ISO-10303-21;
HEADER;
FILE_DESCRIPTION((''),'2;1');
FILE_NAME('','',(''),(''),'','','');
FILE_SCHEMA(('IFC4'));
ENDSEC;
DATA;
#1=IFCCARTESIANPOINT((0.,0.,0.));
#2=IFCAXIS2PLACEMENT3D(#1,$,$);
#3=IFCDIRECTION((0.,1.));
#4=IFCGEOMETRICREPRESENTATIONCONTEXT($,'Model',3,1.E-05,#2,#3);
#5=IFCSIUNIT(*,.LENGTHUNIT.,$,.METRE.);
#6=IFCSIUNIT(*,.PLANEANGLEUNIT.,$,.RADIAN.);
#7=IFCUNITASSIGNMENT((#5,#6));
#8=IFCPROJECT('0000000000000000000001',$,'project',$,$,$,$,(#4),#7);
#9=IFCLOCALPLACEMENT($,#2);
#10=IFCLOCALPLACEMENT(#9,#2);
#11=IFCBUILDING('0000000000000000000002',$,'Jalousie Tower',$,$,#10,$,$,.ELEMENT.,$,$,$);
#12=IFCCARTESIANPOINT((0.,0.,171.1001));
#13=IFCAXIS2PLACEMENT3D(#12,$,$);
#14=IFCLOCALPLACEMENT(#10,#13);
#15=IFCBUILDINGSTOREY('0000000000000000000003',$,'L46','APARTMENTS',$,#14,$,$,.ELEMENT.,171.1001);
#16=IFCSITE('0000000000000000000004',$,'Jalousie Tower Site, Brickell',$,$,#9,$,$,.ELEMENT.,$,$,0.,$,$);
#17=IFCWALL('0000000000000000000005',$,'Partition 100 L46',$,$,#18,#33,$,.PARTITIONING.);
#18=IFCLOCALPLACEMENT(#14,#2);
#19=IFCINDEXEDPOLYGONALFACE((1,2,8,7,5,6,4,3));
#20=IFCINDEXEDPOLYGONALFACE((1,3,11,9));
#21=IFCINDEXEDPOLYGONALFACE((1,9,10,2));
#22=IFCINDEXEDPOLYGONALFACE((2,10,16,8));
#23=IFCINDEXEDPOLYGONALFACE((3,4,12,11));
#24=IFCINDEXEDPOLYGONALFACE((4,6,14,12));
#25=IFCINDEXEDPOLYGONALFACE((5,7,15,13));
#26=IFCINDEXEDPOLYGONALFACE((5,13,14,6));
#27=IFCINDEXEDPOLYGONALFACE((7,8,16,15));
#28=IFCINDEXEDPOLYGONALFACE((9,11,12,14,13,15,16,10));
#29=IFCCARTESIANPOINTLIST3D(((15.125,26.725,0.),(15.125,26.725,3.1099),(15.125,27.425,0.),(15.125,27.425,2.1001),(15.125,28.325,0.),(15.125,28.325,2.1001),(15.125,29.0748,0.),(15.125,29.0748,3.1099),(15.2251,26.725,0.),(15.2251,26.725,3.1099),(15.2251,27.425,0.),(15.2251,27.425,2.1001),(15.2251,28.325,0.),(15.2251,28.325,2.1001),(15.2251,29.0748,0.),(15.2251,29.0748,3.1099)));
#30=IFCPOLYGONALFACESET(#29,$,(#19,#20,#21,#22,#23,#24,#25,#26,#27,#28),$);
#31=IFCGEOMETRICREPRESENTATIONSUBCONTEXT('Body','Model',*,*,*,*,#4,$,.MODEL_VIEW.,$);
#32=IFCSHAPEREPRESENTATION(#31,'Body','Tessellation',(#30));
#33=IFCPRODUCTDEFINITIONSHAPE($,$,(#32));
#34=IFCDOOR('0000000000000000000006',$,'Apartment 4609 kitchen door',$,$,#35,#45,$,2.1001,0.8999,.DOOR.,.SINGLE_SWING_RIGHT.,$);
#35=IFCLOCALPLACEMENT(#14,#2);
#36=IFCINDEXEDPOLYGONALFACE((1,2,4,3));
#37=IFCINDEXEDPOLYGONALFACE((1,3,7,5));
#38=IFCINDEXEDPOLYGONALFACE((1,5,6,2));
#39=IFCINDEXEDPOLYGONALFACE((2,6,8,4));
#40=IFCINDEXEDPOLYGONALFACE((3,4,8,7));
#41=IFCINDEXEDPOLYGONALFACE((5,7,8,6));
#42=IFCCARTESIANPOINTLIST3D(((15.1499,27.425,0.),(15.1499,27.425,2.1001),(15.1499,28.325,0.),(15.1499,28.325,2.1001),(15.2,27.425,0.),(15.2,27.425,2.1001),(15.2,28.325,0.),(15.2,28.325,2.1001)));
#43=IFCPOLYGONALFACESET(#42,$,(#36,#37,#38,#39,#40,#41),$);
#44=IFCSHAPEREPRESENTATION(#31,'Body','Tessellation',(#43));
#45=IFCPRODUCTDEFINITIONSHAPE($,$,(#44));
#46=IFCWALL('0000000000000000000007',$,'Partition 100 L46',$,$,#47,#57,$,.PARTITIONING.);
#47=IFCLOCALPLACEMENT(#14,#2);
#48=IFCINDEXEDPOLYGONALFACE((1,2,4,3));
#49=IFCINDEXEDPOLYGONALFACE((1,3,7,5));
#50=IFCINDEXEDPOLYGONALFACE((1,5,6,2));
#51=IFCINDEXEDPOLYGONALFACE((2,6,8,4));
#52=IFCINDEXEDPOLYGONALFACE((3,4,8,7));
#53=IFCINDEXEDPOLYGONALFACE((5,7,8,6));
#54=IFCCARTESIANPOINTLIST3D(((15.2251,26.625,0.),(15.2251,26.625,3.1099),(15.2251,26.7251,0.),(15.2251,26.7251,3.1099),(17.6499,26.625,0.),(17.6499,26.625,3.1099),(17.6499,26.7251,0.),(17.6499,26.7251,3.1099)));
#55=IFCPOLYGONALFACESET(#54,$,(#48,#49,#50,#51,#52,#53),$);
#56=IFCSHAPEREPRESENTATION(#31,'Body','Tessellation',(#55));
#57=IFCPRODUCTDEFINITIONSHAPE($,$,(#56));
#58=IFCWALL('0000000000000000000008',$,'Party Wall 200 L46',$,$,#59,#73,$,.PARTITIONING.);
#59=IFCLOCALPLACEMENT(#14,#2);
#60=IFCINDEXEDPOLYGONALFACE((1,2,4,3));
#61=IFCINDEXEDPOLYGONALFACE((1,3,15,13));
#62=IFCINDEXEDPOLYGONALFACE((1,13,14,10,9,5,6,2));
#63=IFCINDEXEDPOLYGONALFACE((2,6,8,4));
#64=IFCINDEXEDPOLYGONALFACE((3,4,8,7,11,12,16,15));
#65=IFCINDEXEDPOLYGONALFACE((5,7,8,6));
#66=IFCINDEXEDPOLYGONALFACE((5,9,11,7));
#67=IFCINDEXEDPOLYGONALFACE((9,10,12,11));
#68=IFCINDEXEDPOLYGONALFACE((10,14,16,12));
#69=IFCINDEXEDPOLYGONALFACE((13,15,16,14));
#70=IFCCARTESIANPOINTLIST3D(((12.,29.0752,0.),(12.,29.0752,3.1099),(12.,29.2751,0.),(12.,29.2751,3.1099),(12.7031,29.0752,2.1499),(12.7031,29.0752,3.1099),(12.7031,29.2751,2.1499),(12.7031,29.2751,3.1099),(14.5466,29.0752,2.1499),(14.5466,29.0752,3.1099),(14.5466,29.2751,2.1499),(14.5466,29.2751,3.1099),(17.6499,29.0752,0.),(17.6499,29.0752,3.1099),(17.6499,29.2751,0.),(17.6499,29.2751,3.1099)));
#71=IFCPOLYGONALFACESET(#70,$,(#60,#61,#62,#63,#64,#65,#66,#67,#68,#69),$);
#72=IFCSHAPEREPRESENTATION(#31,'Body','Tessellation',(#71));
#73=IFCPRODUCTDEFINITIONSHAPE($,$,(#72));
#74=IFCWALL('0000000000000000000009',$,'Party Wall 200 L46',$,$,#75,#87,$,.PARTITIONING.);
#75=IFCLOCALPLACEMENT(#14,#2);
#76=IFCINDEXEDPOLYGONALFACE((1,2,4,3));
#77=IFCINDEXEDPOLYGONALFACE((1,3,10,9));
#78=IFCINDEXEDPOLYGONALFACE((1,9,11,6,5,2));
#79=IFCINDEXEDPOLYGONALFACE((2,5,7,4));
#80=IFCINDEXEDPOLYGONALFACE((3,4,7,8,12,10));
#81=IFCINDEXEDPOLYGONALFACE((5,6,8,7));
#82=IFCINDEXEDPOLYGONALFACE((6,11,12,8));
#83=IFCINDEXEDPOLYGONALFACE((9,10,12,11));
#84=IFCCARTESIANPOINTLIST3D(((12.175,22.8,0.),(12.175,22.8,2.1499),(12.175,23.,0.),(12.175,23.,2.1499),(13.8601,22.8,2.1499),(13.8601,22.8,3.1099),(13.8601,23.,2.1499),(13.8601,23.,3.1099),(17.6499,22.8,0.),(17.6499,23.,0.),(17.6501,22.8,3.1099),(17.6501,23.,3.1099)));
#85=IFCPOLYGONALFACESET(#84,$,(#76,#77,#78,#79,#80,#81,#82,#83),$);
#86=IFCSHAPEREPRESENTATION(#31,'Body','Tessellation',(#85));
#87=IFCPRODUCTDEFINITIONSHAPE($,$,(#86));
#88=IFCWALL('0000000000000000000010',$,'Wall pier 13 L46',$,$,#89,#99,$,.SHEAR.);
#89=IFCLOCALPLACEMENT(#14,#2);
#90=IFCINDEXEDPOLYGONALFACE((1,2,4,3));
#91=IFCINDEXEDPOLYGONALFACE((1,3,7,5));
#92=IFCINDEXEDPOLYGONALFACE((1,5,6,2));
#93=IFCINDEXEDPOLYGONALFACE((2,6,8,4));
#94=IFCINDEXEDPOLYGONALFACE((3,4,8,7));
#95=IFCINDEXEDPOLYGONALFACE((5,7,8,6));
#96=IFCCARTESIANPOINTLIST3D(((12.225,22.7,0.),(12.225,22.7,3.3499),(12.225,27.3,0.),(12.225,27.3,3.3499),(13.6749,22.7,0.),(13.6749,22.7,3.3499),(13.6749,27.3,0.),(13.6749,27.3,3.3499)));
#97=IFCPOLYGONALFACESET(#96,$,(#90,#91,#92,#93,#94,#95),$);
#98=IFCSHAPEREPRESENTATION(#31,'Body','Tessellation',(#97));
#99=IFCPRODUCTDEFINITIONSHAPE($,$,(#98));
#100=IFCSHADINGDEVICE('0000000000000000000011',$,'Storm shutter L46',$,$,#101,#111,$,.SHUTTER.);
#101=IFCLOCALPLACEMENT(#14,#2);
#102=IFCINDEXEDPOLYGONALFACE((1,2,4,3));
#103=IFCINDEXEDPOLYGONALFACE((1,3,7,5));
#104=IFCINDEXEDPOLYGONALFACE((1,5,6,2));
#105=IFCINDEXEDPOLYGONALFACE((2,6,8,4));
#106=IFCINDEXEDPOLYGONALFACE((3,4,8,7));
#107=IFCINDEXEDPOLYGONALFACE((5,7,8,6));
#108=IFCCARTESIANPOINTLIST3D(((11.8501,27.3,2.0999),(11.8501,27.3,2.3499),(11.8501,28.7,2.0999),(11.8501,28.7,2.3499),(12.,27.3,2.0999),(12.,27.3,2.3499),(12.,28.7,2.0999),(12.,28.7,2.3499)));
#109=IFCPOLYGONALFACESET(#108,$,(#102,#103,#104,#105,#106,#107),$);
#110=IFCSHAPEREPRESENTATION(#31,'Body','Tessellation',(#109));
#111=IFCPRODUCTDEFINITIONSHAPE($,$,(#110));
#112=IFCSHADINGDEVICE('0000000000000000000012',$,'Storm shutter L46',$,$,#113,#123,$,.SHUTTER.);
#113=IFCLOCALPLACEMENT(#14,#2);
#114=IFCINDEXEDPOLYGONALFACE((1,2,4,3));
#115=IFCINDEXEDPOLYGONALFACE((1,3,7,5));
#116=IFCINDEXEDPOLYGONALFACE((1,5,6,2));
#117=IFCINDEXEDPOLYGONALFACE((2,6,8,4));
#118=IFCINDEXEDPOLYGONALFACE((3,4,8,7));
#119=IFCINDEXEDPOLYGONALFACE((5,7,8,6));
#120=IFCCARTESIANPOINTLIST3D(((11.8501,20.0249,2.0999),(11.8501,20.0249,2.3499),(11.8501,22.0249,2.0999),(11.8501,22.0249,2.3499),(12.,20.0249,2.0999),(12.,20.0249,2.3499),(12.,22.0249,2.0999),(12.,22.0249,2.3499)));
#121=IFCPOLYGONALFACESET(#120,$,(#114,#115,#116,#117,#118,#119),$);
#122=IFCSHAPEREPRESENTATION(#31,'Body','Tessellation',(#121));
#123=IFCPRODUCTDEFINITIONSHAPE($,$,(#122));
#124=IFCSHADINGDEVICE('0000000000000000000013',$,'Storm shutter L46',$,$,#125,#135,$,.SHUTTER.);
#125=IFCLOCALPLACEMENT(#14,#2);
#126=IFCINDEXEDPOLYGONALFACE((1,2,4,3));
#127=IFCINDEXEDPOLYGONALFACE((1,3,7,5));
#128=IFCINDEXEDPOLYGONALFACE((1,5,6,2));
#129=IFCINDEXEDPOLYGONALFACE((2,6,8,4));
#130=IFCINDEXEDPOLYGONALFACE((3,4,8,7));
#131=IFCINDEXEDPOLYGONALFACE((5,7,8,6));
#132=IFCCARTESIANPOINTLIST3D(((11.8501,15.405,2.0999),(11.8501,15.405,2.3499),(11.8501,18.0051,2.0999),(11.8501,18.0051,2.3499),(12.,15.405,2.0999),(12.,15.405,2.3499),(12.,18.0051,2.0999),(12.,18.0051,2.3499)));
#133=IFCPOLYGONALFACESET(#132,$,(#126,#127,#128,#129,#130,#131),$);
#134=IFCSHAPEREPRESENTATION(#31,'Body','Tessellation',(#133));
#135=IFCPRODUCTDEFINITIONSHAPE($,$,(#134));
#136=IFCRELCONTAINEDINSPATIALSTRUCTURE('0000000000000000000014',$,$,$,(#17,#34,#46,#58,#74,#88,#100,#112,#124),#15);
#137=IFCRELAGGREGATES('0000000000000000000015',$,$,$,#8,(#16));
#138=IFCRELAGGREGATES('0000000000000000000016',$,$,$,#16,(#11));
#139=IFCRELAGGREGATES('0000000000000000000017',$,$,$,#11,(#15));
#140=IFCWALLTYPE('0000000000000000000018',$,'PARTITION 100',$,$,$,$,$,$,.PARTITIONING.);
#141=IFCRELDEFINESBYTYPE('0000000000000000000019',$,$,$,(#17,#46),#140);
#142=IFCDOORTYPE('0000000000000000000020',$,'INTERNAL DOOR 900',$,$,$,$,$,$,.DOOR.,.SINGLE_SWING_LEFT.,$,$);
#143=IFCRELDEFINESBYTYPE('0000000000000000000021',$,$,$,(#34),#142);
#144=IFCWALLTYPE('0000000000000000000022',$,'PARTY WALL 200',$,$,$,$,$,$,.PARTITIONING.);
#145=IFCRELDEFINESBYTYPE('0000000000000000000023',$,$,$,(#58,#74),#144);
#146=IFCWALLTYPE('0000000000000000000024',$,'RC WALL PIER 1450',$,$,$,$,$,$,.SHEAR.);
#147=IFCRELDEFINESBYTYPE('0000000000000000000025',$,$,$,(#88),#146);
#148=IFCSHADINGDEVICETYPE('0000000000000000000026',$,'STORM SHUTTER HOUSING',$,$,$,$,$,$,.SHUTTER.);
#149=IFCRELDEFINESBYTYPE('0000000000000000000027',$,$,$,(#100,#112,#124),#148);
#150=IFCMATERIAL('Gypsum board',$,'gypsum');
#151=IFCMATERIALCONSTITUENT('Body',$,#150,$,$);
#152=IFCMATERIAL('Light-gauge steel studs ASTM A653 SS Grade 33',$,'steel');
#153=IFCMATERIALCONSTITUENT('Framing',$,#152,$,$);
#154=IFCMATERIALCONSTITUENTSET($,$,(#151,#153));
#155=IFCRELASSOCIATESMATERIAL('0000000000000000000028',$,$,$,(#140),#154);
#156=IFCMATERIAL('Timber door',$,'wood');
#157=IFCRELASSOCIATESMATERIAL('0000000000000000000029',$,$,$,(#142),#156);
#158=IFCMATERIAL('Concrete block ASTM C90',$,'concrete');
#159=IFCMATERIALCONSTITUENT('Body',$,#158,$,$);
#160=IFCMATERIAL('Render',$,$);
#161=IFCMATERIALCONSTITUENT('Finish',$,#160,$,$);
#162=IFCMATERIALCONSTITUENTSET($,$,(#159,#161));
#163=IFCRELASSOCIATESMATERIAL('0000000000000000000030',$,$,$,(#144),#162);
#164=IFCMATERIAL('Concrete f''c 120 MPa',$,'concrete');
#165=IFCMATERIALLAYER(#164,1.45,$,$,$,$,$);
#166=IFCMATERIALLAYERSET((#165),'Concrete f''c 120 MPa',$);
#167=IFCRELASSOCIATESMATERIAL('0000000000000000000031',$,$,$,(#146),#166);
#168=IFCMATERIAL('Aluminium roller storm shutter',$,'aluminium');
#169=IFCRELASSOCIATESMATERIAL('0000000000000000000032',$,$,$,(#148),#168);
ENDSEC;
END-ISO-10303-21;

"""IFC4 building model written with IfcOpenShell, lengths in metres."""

from ifc_helpers import new_model, si_unit, direction, frame, frame_2d, origin, origin_2d, place, context, subcontext, project, spatial, polyline, rectangle, outline, extrude, material, layer, layer_set, constituent, constituent_set, type_object, element, fill, save


model = new_model("IFC4")

# Units and contexts
model_context = context("Model", 3, precision=1e-05, world=origin(), true_north=direction((0.0, 1.0)))
body_context = subcontext(model_context, "Body", "Model", "MODEL_VIEW")
ifc_project = project(units=[si_unit("LENGTHUNIT", "METRE"), si_unit("PLANEANGLEUNIT", "RADIAN")], contexts=[model_context])

# Site, building, storey
site_placement = place(None, origin())
site = spatial("IfcSite", under=ifc_project, at=site_placement, Name="Jalousie Tower Site, Brickell", CompositionType="ELEMENT", RefElevation=0.0)
building_placement = place(site_placement, origin())
building = spatial("IfcBuilding", under=site, at=building_placement, Name="Jalousie Tower", CompositionType="ELEMENT")
storey_placement = place(building_placement, frame((0.0, 0.0, 171.1001)))
storey = spatial("IfcBuildingStorey", under=building, at=storey_placement, Name="L46", Description="APARTMENTS", CompositionType="ELEMENT", Elevation=171.1001)

# Wall, opening, door
ifc_material_1 = material(Name="Gypsum board", Category="gypsum")
ifc_constituent_1 = constituent(ifc_material_1, Name="Body")
ifc_material_2 = material(Name="Light-gauge steel studs ASTM A653 SS Grade 33", Category="steel")
ifc_constituent_2 = constituent(ifc_material_2, Name="Framing")
ifc_constituent_set_1 = constituent_set(constituents=[ifc_constituent_1, ifc_constituent_2])
wall_type_1 = type_object("IfcWallType", Name="PARTITION 100", PredefinedType="PARTITIONING", material=ifc_constituent_set_1)
wall_1_placement = place(storey_placement, frame((15.175, 26.7251, 0.0), z_axis=(0.0, 0.0, 1.0), x_axis=(0.0, 1.0, 0.0)))
wall_1 = element("IfcWall", 1, at=wall_1_placement, inside=storey, type_object=wall_type_1, Name="Partition 100 L46", PredefinedType="PARTITIONING", context=body_context, shape_type="SweptSolid", body=[
    extrude(rectangle(XDim=2.3499, YDim=0.1001, at=frame_2d((1.1748, 0.0))), origin(), (0.0, 0.0, 1.0), 3.1099),
])
opening_1_placement = place(wall_1_placement, frame((0.7, 0.0, 0.0)))
opening_1 = element("IfcOpeningElement", 2, at=opening_1_placement, cuts=wall_1, PredefinedType="OPENING", context=body_context, shape_type="SweptSolid", body=[
    extrude(rectangle(XDim=0.8999, YDim=2.1001, at=frame_2d((0.45, 1.05))), frame((0.0, 0.0601, 0.0), z_axis=(0.0, -1.0, 0.0), x_axis=(1.0, 0.0, 0.0)), (0.0, 0.0, 1.0), 0.1201),
])
ifc_material_3 = material(Name="Timber door", Category="wood")
door_type_1 = type_object("IfcDoorType", Name="INTERNAL DOOR 900", OperationType="SINGLE_SWING_LEFT", PredefinedType="DOOR", material=ifc_material_3)
door_1_placement = place(opening_1_placement, frame((0.8999, 0.0, 0.0), z_axis=(0.0, 0.0, 1.0), x_axis=(-1.0, 0.0, 0.0)))
door_1 = element("IfcDoor", 3, at=door_1_placement, inside=storey, type_object=door_type_1, Name="Apartment 4609 kitchen door", OperationType="SINGLE_SWING_RIGHT", OverallHeight=2.1001, OverallWidth=0.8999, PredefinedType="DOOR", context=body_context, shape_type="SweptSolid", body=[
    extrude(rectangle(XDim=0.8999, YDim=2.1001, at=frame_2d((0.45, 1.05))), frame((0.0, 0.0249, 0.0), z_axis=(0.0, -1.0, 0.0), x_axis=(1.0, 0.0, 0.0)), (0.0, 0.0, 1.0), 0.05),
])
fill(opening_1, door_1)

# Walls
wall_2_placement = place(storey_placement, frame((15.2251, 26.675, 0.0), z_axis=(0.0, 0.0, 1.0), x_axis=(1.0, 0.0, 0.0)))
element("IfcWall", 4, at=wall_2_placement, inside=storey, type_object=wall_type_1, Name="Partition 100 L46", PredefinedType="PARTITIONING", context=body_context, shape_type="SweptSolid", body=[
    extrude(rectangle(XDim=2.4248, YDim=0.1001, at=frame_2d((1.2124, 0.0))), origin(), (0.0, 0.0, 1.0), 3.1099),
])
ifc_material_4 = material(Name="Concrete block ASTM C90", Category="concrete")
ifc_constituent_3 = constituent(ifc_material_4, Name="Body")
ifc_material_5 = material(Name="Render")
ifc_constituent_4 = constituent(ifc_material_5, Name="Finish")
ifc_constituent_set_2 = constituent_set(constituents=[ifc_constituent_3, ifc_constituent_4])
wall_type_2 = type_object("IfcWallType", Name="PARTY WALL 200", PredefinedType="PARTITIONING", material=ifc_constituent_set_2)
wall_3_placement = place(storey_placement, frame((12.0, 29.175, 0.0), z_axis=(0.0, 0.0, 1.0), x_axis=(1.0, 0.0, 0.0)))
element("IfcWall", 5, at=wall_3_placement, inside=storey, type_object=wall_type_2, Name="Party Wall 200 L46", PredefinedType="PARTITIONING", context=body_context, shape_type="SweptSolid", body=[
    extrude(outline(polyline([(0.0, 0.0), (5.6499, 0.0), (5.6499, 3.1099), (2.5466, 3.1099), (2.5466, 2.1499), (0.7031, 2.1499), (0.7031, 3.1099), (0.0, 3.1099), (0.0, 0.0)])), frame((0.0, 0.1001, 0.0), z_axis=(0.0, -1.0, 0.0), x_axis=(1.0, 0.0, 0.0)), (0.0, 0.0, 1.0), 0.2),
])
wall_4_placement = place(storey_placement, frame((12.175, 22.8999, 0.0), z_axis=(0.0, 0.0, 1.0), x_axis=(1.0, 0.0, 0.0)))
element("IfcWall", 6, at=wall_4_placement, inside=storey, type_object=wall_type_2, Name="Party Wall 200 L46", PredefinedType="PARTITIONING", context=body_context, shape_type="SweptSolid", body=[
    extrude(outline(polyline([(0.0, 0.0), (5.4749, 0.0), (5.4751, 3.1099), (1.6851, 3.1099), (1.6851, 2.1499), (0.0, 2.1499), (0.0, 3.1099), (0.0, 0.0)])), frame((0.0, 0.1001, 0.0), z_axis=(0.0, -1.0, 0.0), x_axis=(1.0, 0.0, 0.0)), (0.0, 0.0, 1.0), 0.2),
])
ifc_material_6 = material(Name="Concrete f'c 120 MPa", Category="concrete")
ifc_layer_1 = layer(ifc_material_6, 1.45)
ifc_layer_set_1 = layer_set([ifc_layer_1], Name="Concrete f'c 120 MPa")
wall_type_3 = type_object("IfcWallType", Name="RC WALL PIER 1450", PredefinedType="SHEAR", material=ifc_layer_set_1)
wall_5_placement = place(storey_placement, frame((12.95, 22.7, 0.0), z_axis=(0.0, 0.0, 1.0), x_axis=(0.0, 1.0, 0.0)))
element("IfcWall", 7, at=wall_5_placement, inside=storey, type_object=wall_type_3, Name="Wall pier 13 L46", PredefinedType="SHEAR", context=body_context, shape_type="SweptSolid", body=[
    extrude(rectangle(XDim=4.6001, YDim=1.45, at=frame_2d((2.3, 0.0))), origin(), (0.0, 0.0, 1.0), 3.3499),
])

# Shading devices
ifc_material_7 = material(Name="Aluminium roller storm shutter", Category="aluminium")
shading_device_type = type_object("IfcShadingDeviceType", Name="STORM SHUTTER HOUSING", PredefinedType="SHUTTER", material=ifc_material_7)
shading_device_1_placement = place(storey_placement, frame((11.925, 28.0, 2.0999), z_axis=(0.0, 0.0, 1.0), x_axis=(0.0, -1.0, 0.0)))
element("IfcShadingDevice", 8, at=shading_device_1_placement, inside=storey, type_object=shading_device_type, Name="Storm shutter L46", PredefinedType="SHUTTER", context=body_context, shape_type="SweptSolid", body=[
    extrude(rectangle(XDim=1.3999, YDim=0.1499, at=origin_2d()), origin(), (0.0, 0.0, 1.0), 0.25),
])
shading_device_2_placement = place(storey_placement, frame((11.925, 21.0249, 2.0999), z_axis=(0.0, 0.0, 1.0), x_axis=(0.0, -1.0, 0.0)))
element("IfcShadingDevice", 9, at=shading_device_2_placement, inside=storey, type_object=shading_device_type, Name="Storm shutter L46", PredefinedType="SHUTTER", context=body_context, shape_type="SweptSolid", body=[
    extrude(rectangle(XDim=2.0, YDim=0.1499, at=origin_2d()), origin(), (0.0, 0.0, 1.0), 0.25),
])
shading_device_3_placement = place(storey_placement, frame((11.925, 16.7051, 2.0999), z_axis=(0.0, 0.0, 1.0), x_axis=(0.0, -1.0, 0.0)))
element("IfcShadingDevice", 10, at=shading_device_3_placement, inside=storey, type_object=shading_device_type, Name="Storm shutter L46", PredefinedType="SHUTTER", context=body_context, shape_type="SweptSolid", body=[
    extrude(rectangle(XDim=2.6001, YDim=0.1499, at=origin_2d()), origin(), (0.0, 0.0, 1.0), 0.25),
])

save(model, "model.ifc")
